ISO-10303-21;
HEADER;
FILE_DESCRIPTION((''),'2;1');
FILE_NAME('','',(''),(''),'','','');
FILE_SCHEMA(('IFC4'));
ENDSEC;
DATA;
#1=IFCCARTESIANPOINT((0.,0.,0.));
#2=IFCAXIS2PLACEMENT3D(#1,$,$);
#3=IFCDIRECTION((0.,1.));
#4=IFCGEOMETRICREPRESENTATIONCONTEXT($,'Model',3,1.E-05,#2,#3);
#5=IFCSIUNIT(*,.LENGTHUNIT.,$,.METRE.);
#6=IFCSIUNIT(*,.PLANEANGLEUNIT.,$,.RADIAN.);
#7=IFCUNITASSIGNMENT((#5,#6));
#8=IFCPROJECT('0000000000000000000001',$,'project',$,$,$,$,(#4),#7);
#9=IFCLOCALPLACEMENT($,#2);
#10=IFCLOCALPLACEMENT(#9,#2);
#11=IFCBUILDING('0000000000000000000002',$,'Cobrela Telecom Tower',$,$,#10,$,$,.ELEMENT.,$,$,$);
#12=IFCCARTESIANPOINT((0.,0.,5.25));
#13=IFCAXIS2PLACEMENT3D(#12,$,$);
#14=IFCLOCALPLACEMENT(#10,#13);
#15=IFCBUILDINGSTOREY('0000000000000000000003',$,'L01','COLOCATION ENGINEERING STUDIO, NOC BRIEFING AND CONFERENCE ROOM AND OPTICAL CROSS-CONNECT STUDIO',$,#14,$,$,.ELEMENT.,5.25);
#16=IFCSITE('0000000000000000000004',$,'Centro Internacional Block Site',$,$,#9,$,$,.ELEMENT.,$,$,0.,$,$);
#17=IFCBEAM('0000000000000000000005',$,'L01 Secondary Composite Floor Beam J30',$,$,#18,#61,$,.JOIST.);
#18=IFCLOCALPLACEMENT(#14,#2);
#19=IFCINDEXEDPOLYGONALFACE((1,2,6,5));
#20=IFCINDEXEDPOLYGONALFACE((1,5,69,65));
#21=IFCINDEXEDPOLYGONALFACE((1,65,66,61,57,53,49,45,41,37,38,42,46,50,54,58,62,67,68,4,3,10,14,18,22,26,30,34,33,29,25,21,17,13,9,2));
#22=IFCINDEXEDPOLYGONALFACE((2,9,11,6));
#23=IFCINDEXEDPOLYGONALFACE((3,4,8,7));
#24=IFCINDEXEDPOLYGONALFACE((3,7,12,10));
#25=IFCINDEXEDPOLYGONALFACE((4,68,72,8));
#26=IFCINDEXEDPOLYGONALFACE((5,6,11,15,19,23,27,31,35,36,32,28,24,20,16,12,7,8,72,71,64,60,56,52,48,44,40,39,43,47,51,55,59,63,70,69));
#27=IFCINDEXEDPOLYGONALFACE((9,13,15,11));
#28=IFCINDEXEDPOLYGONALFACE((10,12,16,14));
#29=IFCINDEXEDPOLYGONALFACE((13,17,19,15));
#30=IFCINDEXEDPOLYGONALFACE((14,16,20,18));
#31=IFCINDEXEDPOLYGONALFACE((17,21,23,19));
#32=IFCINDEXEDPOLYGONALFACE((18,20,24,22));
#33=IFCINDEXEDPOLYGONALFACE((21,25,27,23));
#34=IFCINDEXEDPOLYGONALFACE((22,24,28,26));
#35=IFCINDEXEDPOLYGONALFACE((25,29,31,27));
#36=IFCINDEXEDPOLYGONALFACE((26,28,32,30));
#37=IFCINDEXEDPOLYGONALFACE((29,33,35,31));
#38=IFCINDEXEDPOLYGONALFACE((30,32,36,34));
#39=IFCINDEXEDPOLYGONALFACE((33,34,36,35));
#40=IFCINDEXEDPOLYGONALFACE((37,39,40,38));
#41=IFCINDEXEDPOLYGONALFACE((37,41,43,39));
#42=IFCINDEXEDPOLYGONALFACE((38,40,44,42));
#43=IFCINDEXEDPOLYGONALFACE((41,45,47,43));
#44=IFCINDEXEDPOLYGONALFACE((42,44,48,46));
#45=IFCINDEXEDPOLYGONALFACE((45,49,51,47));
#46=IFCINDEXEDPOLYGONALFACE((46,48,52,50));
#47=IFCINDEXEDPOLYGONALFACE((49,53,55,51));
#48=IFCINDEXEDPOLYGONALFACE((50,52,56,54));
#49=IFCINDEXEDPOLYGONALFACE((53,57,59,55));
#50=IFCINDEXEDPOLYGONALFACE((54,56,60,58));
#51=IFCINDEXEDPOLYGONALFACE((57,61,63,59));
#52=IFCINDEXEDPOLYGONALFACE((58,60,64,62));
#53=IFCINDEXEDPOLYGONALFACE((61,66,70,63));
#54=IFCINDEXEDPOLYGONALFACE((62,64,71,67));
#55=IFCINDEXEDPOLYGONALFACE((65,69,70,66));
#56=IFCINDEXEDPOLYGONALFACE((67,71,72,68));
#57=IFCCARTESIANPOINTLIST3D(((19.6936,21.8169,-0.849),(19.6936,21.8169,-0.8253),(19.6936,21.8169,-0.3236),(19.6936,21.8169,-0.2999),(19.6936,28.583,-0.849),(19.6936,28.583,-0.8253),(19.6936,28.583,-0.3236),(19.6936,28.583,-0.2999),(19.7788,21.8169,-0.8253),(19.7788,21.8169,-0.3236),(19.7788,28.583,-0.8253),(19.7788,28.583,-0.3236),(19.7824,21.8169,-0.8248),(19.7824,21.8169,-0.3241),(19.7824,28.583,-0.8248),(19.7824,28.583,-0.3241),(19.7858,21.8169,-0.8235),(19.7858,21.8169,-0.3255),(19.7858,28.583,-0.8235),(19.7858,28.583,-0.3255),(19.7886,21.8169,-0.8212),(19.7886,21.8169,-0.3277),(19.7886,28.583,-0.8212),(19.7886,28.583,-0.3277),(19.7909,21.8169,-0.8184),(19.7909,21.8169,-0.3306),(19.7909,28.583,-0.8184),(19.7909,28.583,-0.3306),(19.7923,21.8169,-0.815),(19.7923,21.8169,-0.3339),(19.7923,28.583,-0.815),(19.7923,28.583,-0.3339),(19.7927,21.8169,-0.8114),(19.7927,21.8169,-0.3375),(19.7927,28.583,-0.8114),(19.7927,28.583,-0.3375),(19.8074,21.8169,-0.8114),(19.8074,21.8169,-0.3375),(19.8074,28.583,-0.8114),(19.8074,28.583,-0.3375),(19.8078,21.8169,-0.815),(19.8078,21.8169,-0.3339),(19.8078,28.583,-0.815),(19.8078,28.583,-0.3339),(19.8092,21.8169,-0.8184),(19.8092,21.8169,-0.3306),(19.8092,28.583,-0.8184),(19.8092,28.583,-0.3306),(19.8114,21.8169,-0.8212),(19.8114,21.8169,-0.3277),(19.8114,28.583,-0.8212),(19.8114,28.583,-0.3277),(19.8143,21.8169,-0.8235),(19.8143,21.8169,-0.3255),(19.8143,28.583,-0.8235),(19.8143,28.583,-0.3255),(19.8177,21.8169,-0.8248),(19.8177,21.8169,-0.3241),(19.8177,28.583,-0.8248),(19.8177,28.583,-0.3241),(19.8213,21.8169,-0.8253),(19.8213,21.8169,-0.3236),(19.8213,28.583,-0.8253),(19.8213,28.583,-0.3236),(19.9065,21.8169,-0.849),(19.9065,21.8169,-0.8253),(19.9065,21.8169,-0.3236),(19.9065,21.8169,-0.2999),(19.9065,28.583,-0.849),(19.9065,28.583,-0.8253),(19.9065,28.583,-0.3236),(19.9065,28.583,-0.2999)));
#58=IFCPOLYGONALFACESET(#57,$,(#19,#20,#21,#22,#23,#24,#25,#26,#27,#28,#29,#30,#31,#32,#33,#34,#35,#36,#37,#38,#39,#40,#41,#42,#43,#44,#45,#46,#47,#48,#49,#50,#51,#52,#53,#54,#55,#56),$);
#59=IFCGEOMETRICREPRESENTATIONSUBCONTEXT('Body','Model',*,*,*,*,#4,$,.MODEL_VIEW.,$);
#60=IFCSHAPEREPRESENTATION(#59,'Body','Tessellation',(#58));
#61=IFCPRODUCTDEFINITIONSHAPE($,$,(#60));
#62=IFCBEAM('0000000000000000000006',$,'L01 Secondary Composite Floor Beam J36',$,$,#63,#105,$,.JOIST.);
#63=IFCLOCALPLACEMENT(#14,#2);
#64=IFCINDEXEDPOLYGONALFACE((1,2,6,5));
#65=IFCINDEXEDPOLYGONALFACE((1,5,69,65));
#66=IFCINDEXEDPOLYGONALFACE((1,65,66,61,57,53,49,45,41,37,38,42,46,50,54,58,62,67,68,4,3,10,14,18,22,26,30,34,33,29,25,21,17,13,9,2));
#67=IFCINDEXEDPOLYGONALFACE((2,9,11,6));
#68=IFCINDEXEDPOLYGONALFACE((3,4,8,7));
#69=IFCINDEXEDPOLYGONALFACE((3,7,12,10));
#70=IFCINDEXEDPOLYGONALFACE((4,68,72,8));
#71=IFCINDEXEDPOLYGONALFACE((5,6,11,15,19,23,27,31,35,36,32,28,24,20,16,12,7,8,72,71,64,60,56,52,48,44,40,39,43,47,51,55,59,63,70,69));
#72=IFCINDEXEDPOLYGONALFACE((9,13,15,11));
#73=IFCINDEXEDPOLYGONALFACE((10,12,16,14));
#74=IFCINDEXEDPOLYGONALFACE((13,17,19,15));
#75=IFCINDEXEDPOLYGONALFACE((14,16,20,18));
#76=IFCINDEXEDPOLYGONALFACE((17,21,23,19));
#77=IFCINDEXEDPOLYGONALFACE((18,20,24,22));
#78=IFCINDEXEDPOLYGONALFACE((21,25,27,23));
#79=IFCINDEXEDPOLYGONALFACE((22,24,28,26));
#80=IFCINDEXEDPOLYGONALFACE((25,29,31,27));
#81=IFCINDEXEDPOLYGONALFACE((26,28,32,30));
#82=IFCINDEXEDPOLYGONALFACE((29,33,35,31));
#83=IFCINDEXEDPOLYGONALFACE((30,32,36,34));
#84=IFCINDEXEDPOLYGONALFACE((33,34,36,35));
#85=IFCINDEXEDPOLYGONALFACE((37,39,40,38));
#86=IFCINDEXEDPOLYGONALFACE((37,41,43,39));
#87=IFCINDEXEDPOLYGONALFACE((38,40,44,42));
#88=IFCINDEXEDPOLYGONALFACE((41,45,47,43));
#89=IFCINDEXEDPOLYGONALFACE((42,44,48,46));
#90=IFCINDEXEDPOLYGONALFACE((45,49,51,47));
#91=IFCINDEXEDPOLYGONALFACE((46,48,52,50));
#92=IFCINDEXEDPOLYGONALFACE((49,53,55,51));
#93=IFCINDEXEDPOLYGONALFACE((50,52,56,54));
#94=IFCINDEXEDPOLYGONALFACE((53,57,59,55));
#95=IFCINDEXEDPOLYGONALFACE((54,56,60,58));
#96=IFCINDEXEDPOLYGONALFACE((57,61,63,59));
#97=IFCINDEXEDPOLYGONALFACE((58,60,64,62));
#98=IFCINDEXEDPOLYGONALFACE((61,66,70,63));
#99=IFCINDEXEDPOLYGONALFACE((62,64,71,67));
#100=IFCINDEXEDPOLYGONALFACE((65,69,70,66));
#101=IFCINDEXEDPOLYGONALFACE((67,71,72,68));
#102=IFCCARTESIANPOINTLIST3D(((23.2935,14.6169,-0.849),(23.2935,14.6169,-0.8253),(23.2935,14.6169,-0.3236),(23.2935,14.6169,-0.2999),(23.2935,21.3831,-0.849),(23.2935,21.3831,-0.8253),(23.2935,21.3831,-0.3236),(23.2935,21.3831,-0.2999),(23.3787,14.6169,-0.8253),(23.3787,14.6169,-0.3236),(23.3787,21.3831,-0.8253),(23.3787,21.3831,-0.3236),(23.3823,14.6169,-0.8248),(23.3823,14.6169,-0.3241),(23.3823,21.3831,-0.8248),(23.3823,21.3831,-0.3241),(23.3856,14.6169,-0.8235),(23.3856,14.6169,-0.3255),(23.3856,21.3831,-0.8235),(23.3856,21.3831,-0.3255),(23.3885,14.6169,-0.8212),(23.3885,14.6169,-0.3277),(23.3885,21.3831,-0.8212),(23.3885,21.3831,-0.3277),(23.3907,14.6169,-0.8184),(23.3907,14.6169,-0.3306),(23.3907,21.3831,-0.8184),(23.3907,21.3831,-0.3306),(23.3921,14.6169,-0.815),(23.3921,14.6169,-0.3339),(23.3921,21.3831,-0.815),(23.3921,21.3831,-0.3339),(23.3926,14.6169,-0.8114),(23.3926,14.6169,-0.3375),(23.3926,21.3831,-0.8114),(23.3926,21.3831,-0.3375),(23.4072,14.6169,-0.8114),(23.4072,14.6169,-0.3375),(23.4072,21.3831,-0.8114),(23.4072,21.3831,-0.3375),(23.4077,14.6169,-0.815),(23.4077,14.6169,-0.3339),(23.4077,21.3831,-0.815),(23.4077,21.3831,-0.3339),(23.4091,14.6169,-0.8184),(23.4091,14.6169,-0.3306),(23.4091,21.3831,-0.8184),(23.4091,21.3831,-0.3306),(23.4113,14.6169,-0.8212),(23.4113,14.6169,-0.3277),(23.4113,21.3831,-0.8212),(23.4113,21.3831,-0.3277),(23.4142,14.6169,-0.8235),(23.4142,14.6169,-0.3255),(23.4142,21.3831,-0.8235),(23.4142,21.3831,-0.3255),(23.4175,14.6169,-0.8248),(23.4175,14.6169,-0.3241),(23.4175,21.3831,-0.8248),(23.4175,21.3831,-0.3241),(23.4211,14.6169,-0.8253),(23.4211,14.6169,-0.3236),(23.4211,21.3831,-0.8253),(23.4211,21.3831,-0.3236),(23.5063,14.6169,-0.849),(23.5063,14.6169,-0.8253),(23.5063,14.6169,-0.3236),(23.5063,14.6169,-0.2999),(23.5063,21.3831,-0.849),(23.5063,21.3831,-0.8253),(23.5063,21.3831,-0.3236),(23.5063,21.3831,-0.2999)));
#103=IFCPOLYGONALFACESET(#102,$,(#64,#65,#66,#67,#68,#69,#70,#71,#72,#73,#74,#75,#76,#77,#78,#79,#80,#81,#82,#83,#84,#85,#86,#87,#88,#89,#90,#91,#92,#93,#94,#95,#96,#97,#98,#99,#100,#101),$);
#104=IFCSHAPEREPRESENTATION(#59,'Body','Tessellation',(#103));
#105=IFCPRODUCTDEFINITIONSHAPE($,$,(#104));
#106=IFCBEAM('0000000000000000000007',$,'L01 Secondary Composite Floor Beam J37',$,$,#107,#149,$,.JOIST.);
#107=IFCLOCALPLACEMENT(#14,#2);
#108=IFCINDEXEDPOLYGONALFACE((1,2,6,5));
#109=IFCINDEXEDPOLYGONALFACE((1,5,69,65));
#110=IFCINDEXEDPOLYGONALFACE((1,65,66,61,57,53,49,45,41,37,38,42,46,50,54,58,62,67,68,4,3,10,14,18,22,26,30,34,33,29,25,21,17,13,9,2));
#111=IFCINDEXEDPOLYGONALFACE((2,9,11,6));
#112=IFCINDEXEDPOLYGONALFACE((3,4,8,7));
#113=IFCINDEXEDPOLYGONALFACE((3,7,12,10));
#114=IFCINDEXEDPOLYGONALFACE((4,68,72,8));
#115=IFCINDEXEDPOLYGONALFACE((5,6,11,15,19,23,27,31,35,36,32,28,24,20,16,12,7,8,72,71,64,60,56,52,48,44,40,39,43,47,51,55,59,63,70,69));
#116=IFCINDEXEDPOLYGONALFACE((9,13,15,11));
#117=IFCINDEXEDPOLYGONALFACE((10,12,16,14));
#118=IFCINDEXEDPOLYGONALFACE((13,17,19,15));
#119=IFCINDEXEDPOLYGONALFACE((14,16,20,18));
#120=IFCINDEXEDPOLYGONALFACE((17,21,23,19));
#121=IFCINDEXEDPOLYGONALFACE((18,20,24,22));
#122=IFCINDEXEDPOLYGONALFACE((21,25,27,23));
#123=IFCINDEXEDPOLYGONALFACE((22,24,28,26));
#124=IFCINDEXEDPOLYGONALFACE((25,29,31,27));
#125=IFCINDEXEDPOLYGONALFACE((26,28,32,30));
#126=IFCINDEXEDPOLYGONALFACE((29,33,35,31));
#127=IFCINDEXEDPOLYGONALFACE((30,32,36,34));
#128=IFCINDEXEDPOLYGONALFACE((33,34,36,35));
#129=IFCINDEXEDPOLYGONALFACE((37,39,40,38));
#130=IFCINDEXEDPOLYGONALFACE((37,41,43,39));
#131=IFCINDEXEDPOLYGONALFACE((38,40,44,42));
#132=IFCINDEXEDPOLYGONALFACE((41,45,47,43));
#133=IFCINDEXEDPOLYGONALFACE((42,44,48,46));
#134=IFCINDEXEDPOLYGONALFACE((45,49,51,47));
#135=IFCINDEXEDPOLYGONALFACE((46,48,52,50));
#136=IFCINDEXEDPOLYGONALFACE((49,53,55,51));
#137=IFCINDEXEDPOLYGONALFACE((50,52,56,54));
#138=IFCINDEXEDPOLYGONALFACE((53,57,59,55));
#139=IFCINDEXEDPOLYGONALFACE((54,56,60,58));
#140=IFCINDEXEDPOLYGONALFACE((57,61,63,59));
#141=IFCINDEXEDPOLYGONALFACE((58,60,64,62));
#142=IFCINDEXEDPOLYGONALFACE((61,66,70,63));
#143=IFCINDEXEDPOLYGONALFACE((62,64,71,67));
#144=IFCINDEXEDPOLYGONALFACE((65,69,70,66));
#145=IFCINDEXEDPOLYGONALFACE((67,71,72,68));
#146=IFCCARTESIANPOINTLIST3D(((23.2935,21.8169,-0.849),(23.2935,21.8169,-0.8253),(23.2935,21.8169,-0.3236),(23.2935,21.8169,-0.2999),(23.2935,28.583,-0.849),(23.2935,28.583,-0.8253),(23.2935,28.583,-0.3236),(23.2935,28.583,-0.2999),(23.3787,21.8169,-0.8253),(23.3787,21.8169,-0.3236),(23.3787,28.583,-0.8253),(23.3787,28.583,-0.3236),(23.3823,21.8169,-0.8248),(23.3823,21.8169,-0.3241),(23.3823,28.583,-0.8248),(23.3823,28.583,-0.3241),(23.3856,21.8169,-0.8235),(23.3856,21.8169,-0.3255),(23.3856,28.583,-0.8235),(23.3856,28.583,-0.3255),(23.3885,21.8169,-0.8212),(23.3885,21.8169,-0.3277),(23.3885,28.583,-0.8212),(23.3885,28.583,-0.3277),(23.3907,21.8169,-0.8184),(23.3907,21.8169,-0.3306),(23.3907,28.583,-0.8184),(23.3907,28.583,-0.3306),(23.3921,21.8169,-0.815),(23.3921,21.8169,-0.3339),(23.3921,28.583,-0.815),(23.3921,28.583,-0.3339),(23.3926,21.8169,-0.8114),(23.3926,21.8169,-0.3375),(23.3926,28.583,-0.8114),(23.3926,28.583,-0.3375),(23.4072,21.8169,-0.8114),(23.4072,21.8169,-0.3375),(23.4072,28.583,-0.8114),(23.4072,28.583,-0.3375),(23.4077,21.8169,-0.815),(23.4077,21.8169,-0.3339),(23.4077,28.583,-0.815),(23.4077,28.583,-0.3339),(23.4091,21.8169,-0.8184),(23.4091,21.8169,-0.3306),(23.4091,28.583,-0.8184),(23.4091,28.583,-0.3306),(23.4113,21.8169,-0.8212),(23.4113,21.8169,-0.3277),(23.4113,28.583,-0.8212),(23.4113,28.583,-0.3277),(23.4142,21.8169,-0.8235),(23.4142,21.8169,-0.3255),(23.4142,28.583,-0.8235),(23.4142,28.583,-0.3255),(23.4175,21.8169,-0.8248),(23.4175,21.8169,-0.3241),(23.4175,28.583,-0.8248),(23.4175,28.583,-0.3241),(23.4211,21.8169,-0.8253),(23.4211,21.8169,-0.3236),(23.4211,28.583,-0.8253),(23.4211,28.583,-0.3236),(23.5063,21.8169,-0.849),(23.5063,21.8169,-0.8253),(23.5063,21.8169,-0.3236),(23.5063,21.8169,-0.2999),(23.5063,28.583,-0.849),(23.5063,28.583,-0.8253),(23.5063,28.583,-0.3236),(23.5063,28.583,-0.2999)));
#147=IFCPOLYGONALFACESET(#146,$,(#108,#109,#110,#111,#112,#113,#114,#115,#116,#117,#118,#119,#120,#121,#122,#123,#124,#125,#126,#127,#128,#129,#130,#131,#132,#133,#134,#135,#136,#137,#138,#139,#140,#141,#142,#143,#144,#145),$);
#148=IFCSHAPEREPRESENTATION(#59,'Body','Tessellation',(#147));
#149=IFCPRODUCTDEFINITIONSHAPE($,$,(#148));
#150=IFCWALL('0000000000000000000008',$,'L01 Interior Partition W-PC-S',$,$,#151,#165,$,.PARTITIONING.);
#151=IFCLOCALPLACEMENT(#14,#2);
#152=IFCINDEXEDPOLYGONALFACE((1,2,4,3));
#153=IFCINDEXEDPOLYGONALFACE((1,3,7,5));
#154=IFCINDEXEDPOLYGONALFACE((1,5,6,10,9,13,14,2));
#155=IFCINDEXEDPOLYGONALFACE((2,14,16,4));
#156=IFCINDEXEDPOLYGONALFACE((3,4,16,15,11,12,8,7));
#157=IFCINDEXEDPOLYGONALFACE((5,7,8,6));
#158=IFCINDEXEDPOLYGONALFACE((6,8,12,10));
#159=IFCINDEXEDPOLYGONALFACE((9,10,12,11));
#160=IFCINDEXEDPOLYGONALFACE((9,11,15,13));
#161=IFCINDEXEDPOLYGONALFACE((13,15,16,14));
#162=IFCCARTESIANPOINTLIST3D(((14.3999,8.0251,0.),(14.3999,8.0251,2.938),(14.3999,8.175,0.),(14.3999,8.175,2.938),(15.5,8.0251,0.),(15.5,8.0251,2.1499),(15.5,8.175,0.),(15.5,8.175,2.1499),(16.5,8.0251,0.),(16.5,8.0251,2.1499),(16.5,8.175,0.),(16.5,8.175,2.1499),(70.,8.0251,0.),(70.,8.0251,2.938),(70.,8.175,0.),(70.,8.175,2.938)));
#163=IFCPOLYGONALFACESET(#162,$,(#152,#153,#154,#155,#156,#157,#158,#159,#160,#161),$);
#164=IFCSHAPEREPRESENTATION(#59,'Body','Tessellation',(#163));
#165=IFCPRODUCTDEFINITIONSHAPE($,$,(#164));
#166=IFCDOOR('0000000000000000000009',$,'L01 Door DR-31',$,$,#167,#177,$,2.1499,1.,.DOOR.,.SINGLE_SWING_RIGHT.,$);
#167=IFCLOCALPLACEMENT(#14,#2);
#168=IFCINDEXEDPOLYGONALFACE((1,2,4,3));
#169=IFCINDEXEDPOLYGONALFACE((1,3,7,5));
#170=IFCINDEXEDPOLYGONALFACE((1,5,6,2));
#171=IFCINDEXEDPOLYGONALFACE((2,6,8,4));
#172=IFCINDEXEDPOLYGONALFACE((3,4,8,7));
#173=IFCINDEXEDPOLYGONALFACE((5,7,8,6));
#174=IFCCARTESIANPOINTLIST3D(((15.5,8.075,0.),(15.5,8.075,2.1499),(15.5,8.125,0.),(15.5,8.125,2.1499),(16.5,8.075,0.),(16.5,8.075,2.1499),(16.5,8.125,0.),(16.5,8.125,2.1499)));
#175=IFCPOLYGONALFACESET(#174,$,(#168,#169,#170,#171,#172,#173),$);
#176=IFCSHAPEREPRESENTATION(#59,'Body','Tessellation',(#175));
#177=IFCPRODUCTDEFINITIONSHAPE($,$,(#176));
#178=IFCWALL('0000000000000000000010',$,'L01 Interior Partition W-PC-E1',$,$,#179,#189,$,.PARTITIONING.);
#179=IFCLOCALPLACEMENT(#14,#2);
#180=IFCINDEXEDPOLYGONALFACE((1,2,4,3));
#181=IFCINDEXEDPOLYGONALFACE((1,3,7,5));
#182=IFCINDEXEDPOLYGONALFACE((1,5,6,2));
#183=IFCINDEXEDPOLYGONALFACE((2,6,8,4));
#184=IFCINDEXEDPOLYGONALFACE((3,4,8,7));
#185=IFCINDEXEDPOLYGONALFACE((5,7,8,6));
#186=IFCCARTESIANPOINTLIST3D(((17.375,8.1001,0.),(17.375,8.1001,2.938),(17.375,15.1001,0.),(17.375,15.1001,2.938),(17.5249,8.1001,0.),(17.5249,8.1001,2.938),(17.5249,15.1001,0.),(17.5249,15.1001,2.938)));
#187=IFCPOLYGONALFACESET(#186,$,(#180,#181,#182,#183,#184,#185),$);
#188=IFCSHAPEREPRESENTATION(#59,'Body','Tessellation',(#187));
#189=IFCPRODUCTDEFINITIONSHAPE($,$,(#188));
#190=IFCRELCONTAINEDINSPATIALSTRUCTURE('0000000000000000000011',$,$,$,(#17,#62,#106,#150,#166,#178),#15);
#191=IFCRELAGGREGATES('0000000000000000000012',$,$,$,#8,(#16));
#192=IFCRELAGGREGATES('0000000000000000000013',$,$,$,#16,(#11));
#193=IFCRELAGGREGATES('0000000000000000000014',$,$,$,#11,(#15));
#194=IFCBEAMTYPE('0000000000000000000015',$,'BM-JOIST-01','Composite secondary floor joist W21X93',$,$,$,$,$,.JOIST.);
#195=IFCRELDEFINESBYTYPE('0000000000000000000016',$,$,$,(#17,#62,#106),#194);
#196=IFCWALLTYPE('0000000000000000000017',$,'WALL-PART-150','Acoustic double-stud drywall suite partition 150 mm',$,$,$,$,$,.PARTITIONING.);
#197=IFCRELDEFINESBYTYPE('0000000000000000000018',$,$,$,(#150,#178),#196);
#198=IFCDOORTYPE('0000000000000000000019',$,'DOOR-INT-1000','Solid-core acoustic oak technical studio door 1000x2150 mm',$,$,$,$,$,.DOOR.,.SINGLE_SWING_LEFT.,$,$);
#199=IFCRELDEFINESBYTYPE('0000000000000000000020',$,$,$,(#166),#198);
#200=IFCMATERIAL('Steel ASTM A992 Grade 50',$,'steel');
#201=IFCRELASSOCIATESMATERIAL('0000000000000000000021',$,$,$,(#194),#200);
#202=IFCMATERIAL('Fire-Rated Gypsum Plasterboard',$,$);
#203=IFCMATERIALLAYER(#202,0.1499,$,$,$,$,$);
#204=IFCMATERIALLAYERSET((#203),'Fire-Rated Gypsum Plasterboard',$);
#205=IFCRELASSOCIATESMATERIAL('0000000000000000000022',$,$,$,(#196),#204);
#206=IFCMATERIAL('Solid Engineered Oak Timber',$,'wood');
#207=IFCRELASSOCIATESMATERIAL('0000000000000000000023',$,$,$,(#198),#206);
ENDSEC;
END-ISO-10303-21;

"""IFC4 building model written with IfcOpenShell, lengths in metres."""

from ifc_helpers import new_model, si_unit, direction, frame, frame_2d, origin, origin_2d, place, context, subcontext, project, spatial, rectangle, i_section, extrude, material, layer, layer_set, material_profile, profile_set, type_object, element, fill, save


model = new_model("IFC4")

# Units and contexts
model_context = context("Model", 3, precision=1e-05, world=origin(), true_north=direction((0.0, 1.0)))
body_context = subcontext(model_context, "Body", "Model", "MODEL_VIEW")
ifc_project = project(units=[si_unit("LENGTHUNIT", "METRE"), si_unit("PLANEANGLEUNIT", "RADIAN")], contexts=[model_context])

# Site, building, storey
site_placement = place(None, origin())
site = spatial("IfcSite", under=ifc_project, at=site_placement, Name="Centro Internacional Block Site", CompositionType="ELEMENT", RefElevation=0.0)
building_placement = place(site_placement, origin())
building = spatial("IfcBuilding", under=site, at=building_placement, Name="Cobrela Telecom Tower", CompositionType="ELEMENT")
storey_placement = place(building_placement, frame((0.0, 0.0, 5.25)))
storey = spatial("IfcBuildingStorey", under=building, at=storey_placement, Name="L01", Description="COLOCATION ENGINEERING STUDIO, NOC BRIEFING AND CONFERENCE ROOM AND OPTICAL CROSS-CONNECT STUDIO", CompositionType="ELEMENT", Elevation=5.25)

# Beams
ifc_material_1 = material(Name="Steel ASTM A992 Grade 50", Category="steel")
ifc_material_profile_1 = material_profile(ifc_material_1, i_section(OverallWidth=0.2129, OverallDepth=0.5491, WebThickness=0.0146, FlangeThickness=0.0237, FilletRadius=0.0139, at=origin_2d()), Name="W21X93")
ifc_profile_set_1 = profile_set([ifc_material_profile_1], Name="Steel ASTM A992 Grade 50")
beam_type_1 = type_object("IfcBeamType", Name="BM-JOIST-01", Description="Composite secondary floor joist W21X93", PredefinedType="JOIST", material=ifc_profile_set_1)
for number, where, z_axis, x_axis, name in (
    (1, (19.8, 21.8169, -0.5745), (0.0, 1.0, 0.0), (-1.0, 0.0, 0.0), "L01 Secondary Composite Floor Beam J30"),
    (2, (23.3999, 14.6169, -0.5745), (0.0, 1.0, 0.0), (-1.0, 0.0, 0.0), "L01 Secondary Composite Floor Beam J36"),
    (3, (23.3999, 21.8169, -0.5745), (0.0, 1.0, 0.0), (-1.0, 0.0, 0.0), "L01 Secondary Composite Floor Beam J37"),
):
    element("IfcBeam", number, at=place(storey_placement, frame(where, z_axis=z_axis, x_axis=x_axis)), inside=storey, type_object=beam_type_1, Name=name, PredefinedType="JOIST", context=body_context, shape_type="SweptSolid", body=[
        extrude(i_section(OverallWidth=0.2129, OverallDepth=0.5491, WebThickness=0.0146, FlangeThickness=0.0237, FilletRadius=0.0139, at=origin_2d()), origin(), (0.0, 0.0, 1.0), 6.7661),
    ])

# Wall, opening, door
ifc_material_2 = material(Name="Fire-Rated Gypsum Plasterboard")
ifc_layer = layer(ifc_material_2, 0.1499)
ifc_layer_set = layer_set([ifc_layer], Name="Fire-Rated Gypsum Plasterboard")
wall_type = type_object("IfcWallType", Name="WALL-PART-150", Description="Acoustic double-stud drywall suite partition 150 mm", PredefinedType="PARTITIONING", material=ifc_layer_set)
wall_1_placement = place(storey_placement, frame((14.3999, 8.1001, 0.0), z_axis=(0.0, 0.0, 1.0), x_axis=(1.0, 0.0, 0.0)))
wall_1 = element("IfcWall", 4, at=wall_1_placement, inside=storey, type_object=wall_type, Name="L01 Interior Partition W-PC-S", PredefinedType="PARTITIONING", context=body_context, shape_type="SweptSolid", body=[
    extrude(rectangle(XDim=55.6001, YDim=0.1499, at=frame_2d((27.8, 0.0))), origin(), (0.0, 0.0, 1.0), 2.938),
])
opening_1_placement = place(wall_1_placement, frame((1.1001, 0.0, 0.0)))
opening_1 = element("IfcOpeningElement", 5, at=opening_1_placement, cuts=wall_1, PredefinedType="OPENING", context=body_context, shape_type="SweptSolid", body=[
    extrude(rectangle(XDim=1.0, YDim=2.1499, at=frame_2d((0.5, 1.075))), frame((0.0, 0.0869, 0.0), z_axis=(0.0, -1.0, 0.0), x_axis=(1.0, 0.0, 0.0)), (0.0, 0.0, 1.0), 0.1738),
])
ifc_material_3 = material(Name="Solid Engineered Oak Timber", Category="wood")
door_type_1 = type_object("IfcDoorType", Name="DOOR-INT-1000", Description="Solid-core acoustic oak technical studio door 1000x2150 mm", OperationType="SINGLE_SWING_LEFT", PredefinedType="DOOR", material=ifc_material_3)
door_1_placement = place(opening_1_placement, origin())
door_1 = element("IfcDoor", 6, at=door_1_placement, inside=storey, type_object=door_type_1, Name="L01 Door DR-31", OperationType="SINGLE_SWING_RIGHT", OverallHeight=2.1499, OverallWidth=1.0, PredefinedType="DOOR", context=body_context, shape_type="SweptSolid", body=[
    extrude(rectangle(XDim=1.0, YDim=2.1499, at=frame_2d((0.5, 1.075))), frame((0.0, 0.0249, 0.0), z_axis=(0.0, -1.0, 0.0), x_axis=(1.0, 0.0, 0.0)), (0.0, 0.0, 1.0), 0.05),
])
fill(opening_1, door_1)

# Wall
wall_2_placement = place(storey_placement, frame((17.45, 8.1001, 0.0), z_axis=(0.0, 0.0, 1.0), x_axis=(0.0, 1.0, 0.0)))
element("IfcWall", 7, at=wall_2_placement, inside=storey, type_object=wall_type, Name="L01 Interior Partition W-PC-E1", PredefinedType="PARTITIONING", context=body_context, shape_type="SweptSolid", body=[
    extrude(rectangle(XDim=7.0, YDim=0.1499, at=frame_2d((3.5, 0.0))), origin(), (0.0, 0.0, 1.0), 2.938),
])

save(model, "model.ifc")
